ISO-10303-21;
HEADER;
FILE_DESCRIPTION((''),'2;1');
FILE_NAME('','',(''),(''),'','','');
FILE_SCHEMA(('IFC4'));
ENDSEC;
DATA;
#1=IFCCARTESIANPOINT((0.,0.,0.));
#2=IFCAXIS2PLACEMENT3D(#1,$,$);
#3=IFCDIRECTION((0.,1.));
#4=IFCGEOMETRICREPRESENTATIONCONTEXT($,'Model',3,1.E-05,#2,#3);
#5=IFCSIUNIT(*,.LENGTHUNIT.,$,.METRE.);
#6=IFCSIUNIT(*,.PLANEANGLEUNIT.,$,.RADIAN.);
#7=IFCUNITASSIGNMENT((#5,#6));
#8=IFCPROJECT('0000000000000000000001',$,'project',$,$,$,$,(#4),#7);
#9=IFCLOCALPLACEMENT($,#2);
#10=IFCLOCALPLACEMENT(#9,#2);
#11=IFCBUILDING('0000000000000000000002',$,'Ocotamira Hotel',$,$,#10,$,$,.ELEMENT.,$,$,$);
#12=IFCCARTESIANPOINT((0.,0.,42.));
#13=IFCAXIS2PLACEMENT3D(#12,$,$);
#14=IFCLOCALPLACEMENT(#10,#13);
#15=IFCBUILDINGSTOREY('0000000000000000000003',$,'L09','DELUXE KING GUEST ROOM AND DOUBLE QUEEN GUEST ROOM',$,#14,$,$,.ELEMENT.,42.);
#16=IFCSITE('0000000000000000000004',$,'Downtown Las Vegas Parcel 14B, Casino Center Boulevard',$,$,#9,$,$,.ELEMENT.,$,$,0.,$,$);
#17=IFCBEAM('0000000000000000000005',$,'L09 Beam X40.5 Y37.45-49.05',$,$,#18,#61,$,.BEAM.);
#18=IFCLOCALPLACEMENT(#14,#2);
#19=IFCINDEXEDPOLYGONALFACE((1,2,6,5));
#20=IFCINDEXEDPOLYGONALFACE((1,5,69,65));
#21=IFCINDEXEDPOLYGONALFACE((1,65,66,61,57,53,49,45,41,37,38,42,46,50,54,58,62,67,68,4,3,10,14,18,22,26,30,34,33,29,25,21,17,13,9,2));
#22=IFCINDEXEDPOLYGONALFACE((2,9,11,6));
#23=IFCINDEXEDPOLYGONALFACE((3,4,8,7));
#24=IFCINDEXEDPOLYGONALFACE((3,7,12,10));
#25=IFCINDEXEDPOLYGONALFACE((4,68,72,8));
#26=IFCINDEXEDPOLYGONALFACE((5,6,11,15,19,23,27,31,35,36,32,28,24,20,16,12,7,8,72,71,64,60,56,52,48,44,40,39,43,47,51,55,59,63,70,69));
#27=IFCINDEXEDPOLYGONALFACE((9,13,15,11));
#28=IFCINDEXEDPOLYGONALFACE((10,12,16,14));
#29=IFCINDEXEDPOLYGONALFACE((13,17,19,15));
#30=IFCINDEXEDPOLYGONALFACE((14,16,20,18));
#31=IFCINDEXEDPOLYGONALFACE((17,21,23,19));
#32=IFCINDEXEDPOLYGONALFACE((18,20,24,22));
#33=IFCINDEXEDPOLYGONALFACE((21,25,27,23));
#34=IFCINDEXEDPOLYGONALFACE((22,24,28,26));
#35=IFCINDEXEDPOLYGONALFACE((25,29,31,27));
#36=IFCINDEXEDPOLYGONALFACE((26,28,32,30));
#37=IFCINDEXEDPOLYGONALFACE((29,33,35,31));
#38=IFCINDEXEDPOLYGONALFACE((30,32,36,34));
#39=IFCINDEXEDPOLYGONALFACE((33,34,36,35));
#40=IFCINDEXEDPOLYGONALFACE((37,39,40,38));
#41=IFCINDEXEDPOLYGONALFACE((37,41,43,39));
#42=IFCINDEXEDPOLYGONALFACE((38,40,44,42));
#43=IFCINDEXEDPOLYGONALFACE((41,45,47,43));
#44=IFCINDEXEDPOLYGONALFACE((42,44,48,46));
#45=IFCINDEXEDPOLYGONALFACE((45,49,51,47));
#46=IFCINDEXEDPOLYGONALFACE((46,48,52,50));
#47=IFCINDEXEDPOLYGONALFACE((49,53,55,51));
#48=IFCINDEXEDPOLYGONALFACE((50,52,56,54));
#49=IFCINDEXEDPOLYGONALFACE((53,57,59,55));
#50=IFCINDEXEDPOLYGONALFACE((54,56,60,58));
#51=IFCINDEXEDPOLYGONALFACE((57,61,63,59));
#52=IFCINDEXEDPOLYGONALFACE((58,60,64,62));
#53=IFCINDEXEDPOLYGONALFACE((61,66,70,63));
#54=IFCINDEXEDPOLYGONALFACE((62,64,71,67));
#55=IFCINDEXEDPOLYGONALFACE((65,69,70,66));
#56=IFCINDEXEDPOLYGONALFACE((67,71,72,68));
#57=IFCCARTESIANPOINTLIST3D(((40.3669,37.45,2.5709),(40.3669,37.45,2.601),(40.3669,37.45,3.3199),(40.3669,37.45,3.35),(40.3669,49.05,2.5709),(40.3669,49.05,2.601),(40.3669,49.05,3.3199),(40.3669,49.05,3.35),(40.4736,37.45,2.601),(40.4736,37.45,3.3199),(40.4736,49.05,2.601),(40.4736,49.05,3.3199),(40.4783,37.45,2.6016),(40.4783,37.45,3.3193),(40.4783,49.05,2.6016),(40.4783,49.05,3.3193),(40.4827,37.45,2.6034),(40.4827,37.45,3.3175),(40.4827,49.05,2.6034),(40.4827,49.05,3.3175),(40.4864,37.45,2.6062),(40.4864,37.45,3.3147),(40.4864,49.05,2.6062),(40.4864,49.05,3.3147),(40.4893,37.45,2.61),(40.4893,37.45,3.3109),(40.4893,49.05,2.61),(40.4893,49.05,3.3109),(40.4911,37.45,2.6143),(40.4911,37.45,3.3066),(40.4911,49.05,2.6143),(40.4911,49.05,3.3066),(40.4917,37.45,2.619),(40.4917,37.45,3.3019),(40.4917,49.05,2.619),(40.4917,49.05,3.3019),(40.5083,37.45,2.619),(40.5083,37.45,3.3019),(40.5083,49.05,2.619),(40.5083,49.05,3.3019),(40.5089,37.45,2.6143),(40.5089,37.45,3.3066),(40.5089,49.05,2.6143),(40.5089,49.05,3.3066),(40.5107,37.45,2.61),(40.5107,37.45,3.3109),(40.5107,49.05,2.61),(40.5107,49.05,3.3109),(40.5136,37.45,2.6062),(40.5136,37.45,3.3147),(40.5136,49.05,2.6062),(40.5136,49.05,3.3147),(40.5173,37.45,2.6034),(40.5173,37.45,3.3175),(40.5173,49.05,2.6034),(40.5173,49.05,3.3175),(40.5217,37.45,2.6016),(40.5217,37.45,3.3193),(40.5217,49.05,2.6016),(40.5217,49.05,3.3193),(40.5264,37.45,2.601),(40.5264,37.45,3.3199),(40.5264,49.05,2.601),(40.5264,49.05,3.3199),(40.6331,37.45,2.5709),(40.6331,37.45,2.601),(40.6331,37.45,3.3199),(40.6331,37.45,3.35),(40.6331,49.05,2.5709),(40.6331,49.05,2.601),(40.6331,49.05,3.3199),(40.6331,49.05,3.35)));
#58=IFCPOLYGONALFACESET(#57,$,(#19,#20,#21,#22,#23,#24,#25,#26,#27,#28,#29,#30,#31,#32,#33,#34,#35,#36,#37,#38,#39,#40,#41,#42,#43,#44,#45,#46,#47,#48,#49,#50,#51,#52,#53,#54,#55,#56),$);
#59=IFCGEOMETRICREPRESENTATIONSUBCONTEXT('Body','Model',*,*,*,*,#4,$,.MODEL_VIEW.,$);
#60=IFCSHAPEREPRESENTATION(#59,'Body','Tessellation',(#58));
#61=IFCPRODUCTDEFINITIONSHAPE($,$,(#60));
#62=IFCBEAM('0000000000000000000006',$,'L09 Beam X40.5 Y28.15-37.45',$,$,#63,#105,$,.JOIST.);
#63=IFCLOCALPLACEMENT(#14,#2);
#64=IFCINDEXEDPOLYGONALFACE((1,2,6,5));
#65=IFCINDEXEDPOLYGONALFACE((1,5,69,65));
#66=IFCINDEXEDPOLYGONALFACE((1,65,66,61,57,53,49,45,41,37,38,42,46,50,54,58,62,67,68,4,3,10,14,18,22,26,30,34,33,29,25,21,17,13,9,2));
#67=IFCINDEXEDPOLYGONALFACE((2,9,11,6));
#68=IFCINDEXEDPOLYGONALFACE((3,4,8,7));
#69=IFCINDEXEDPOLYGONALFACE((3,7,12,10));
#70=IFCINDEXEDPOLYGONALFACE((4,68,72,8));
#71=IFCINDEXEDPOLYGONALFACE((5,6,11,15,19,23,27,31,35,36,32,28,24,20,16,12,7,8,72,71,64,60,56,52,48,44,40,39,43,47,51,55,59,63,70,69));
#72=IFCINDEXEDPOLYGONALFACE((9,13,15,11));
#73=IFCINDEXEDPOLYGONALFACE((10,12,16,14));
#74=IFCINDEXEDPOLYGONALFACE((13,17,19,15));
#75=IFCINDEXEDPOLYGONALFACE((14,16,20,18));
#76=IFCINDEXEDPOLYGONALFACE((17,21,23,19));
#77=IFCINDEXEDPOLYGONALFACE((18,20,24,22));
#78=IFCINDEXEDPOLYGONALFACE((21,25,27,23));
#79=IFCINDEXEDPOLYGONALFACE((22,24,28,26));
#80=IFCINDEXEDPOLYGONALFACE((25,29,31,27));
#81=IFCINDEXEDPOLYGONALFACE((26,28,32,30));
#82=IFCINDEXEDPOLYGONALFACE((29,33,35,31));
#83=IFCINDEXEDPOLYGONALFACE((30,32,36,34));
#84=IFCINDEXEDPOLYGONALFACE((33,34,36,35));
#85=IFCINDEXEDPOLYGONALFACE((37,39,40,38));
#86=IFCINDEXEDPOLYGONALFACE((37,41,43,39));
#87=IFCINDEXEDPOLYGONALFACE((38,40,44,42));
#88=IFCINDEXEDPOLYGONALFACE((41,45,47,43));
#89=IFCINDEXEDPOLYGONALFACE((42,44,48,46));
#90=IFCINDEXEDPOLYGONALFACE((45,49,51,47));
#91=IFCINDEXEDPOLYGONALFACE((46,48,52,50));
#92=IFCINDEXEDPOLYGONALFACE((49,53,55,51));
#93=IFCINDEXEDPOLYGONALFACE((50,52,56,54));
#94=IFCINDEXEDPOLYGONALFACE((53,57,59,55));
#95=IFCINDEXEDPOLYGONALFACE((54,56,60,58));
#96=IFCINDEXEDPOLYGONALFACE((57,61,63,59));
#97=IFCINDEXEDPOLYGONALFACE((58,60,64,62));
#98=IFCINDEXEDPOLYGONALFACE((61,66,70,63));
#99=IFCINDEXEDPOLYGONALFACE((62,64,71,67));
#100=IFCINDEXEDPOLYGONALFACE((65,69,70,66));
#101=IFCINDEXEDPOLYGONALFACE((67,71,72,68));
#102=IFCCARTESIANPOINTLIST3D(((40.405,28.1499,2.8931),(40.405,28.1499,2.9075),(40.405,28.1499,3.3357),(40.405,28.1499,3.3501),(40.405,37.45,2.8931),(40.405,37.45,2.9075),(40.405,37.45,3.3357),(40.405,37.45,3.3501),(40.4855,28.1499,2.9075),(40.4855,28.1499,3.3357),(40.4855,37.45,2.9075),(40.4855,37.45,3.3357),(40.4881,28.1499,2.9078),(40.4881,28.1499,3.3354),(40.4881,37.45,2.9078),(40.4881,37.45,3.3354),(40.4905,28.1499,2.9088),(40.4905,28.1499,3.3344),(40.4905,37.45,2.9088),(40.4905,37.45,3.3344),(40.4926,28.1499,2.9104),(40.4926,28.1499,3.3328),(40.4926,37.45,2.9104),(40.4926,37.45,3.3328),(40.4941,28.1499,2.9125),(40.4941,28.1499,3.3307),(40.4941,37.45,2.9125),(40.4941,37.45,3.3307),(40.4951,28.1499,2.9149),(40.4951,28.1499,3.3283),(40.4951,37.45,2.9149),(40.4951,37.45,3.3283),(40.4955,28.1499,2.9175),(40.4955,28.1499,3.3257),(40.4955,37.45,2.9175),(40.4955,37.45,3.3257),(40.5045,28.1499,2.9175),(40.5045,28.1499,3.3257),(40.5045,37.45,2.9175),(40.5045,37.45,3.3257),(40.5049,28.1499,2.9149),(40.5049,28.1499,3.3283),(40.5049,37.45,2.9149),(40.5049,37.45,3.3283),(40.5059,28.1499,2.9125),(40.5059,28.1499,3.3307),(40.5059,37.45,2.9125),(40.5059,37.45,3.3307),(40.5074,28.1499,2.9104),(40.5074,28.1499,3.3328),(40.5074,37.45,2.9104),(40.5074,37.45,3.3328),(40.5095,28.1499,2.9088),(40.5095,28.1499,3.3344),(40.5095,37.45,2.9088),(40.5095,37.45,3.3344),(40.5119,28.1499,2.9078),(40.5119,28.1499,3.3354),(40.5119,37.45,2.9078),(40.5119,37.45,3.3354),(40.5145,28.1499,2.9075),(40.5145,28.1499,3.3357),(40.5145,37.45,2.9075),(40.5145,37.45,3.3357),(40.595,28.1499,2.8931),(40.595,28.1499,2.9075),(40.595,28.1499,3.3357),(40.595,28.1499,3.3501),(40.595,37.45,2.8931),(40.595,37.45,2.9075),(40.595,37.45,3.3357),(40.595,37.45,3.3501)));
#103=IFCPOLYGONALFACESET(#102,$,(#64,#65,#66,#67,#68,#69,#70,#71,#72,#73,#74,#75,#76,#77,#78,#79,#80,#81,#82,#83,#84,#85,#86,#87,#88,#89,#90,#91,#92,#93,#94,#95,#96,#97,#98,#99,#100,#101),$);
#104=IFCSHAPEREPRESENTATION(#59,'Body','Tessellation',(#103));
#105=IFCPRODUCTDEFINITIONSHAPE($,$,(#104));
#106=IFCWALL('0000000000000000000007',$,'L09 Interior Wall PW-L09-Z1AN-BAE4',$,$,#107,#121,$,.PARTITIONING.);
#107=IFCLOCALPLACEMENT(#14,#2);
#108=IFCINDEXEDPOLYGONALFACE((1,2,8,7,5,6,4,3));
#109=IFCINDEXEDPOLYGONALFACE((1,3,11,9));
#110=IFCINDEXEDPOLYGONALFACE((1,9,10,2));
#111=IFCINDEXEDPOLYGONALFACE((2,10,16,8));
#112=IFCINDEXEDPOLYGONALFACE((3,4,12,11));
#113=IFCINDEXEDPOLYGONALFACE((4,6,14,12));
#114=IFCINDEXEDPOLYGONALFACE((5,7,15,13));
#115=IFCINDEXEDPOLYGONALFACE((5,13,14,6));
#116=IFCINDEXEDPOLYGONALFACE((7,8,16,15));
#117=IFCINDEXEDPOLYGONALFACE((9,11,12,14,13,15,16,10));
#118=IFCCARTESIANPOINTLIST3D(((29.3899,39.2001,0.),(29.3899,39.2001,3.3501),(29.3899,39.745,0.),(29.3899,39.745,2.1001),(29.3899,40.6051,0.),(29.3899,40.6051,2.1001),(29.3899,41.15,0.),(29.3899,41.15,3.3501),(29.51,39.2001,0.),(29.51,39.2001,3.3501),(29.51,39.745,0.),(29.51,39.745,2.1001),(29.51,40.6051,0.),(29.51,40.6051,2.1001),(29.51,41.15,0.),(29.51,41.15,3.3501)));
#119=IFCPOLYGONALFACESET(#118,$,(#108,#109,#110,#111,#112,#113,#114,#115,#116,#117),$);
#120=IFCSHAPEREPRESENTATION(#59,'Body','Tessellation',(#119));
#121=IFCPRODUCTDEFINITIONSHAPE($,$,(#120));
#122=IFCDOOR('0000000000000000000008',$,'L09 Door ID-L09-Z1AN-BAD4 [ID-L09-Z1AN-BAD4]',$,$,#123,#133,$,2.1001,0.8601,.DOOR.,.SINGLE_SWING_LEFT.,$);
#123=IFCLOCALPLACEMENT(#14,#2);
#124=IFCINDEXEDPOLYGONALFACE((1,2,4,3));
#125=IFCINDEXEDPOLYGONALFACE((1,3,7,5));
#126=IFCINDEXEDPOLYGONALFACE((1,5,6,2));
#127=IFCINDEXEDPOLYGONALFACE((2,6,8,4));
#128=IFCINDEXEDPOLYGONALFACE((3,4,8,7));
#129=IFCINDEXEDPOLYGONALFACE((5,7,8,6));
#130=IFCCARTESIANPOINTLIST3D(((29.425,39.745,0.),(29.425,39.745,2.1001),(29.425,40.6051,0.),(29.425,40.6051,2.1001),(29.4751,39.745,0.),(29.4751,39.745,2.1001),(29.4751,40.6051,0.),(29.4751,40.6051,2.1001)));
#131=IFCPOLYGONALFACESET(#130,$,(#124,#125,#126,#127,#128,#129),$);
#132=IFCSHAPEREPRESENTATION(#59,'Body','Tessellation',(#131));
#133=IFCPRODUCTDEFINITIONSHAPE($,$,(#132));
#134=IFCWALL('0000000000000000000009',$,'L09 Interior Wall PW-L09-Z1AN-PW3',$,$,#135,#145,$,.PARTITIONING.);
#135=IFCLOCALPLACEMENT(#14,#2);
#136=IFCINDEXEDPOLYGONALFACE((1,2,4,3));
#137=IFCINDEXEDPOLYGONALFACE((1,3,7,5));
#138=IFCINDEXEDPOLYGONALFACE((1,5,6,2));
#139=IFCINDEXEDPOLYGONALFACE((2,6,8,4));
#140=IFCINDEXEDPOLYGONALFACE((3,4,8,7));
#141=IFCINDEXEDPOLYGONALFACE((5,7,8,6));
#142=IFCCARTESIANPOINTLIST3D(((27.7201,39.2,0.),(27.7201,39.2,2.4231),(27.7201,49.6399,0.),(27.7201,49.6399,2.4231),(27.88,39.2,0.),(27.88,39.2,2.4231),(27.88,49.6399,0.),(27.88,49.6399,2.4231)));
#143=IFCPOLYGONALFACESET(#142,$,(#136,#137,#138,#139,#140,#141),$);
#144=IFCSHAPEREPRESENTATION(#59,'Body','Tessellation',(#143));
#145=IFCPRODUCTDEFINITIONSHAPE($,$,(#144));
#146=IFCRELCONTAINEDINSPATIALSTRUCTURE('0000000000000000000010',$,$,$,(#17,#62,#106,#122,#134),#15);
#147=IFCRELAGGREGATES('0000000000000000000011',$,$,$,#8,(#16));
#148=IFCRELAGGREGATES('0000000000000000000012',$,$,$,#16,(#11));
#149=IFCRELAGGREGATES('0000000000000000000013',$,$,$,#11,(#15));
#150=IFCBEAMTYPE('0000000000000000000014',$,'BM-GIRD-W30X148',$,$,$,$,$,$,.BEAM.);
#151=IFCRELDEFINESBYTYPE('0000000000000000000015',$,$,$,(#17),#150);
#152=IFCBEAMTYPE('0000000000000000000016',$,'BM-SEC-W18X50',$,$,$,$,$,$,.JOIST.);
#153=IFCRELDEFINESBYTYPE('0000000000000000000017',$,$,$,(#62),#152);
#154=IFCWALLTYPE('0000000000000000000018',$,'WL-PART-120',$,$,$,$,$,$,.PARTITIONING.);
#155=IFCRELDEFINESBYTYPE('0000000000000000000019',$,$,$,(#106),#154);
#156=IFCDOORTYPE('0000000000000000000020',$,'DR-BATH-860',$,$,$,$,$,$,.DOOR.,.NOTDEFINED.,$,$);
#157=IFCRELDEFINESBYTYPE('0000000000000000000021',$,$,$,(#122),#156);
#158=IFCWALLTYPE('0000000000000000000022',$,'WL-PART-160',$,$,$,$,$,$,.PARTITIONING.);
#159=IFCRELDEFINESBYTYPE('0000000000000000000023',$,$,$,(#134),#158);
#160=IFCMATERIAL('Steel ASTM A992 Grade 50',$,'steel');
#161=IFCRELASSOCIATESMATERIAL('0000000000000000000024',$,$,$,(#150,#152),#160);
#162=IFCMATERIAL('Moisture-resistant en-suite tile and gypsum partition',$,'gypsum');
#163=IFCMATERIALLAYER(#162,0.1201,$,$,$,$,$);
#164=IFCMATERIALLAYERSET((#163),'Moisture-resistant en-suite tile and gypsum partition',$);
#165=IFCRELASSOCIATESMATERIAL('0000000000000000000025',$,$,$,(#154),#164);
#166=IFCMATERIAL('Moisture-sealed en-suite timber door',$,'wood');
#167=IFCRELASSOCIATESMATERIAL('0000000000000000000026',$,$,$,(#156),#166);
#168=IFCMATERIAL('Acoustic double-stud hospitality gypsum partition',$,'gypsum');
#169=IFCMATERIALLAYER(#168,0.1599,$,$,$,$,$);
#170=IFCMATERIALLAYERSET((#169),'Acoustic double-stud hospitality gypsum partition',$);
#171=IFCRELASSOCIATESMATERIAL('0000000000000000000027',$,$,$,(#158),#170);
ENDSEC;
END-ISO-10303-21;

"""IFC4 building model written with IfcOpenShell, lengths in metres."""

from ifc_helpers import new_model, si_unit, direction, frame, frame_2d, origin, origin_2d, place, context, subcontext, project, spatial, rectangle, i_section, extrude, source, transform, mapped, material, layer, layer_set, material_profile, profile_set, type_object, element, fill, save


model = new_model("IFC4")

# Units and contexts
model_context = context("Model", 3, precision=1e-05, world=origin(), true_north=direction((0.0, 1.0)))
body_context = subcontext(model_context, "Body", "Model", "MODEL_VIEW")
ifc_project = project(units=[si_unit("LENGTHUNIT", "METRE"), si_unit("PLANEANGLEUNIT", "RADIAN")], contexts=[model_context])

# Site, building, storey
site_placement = place(None, origin())
site = spatial("IfcSite", under=ifc_project, at=site_placement, Name="Downtown Las Vegas Parcel 14B, Casino Center Boulevard", CompositionType="ELEMENT", RefElevation=0.0)
building_placement = place(site_placement, origin())
building = spatial("IfcBuilding", under=site, at=building_placement, Name="Ocotamira Hotel", CompositionType="ELEMENT")
storey_placement = place(building_placement, frame((0.0, 0.0, 42.0)))
storey = spatial("IfcBuildingStorey", under=building, at=storey_placement, Name="L09", Description="DELUXE KING GUEST ROOM AND DOUBLE QUEEN GUEST ROOM", CompositionType="ELEMENT", Elevation=42.0)

# Beams
ifc_material_1 = material(Name="Steel ASTM A992 Grade 50", Category="steel")
ifc_material_profile_1 = material_profile(ifc_material_1, i_section(OverallWidth=0.2661, OverallDepth=0.7791, WebThickness=0.0166, FlangeThickness=0.03, FilletRadius=0.0181, at=origin_2d()), Name="W30X148")
ifc_profile_set_1 = profile_set([ifc_material_profile_1], Name="Steel ASTM A992 Grade 50")
beam_type_1 = type_object("IfcBeamType", Name="BM-GIRD-W30X148", PredefinedType="BEAM", material=ifc_profile_set_1)
shared_shape_1 = source(origin(), body_context, "Body", "SweptSolid", [
    extrude(i_section(OverallWidth=0.2661, OverallDepth=0.7791, WebThickness=0.0166, FlangeThickness=0.03, FilletRadius=0.0181, at=origin_2d()), origin(), (0.0, 0.0, 1.0), 11.6001),
])
beam_1_placement = place(storey_placement, frame((40.5, 37.45, 2.9604), z_axis=(0.0, 1.0, 0.0), x_axis=(-1.0, 0.0, 0.0)))
element("IfcBeam", 1, at=beam_1_placement, inside=storey, type_object=beam_type_1, Name="L09 Beam X40.5 Y37.45-49.05", PredefinedType="BEAM", context=body_context, shape_type="MappedRepresentation", body=[
    mapped(shared_shape_1, transform((0.0, 0.0, 0.0), scale=1.0)),
])
ifc_material_profile_2 = material_profile(ifc_material_1, i_section(OverallWidth=0.1899, OverallDepth=0.457, WebThickness=0.009, FlangeThickness=0.0144, FilletRadius=0.01, at=origin_2d()), Name="W18X50")
ifc_profile_set_2 = profile_set([ifc_material_profile_2], Name="Steel ASTM A992 Grade 50")
beam_type_2 = type_object("IfcBeamType", Name="BM-SEC-W18X50", PredefinedType="JOIST", material=ifc_profile_set_2)
shared_shape_2 = source(origin(), body_context, "Body", "SweptSolid", [
    extrude(i_section(OverallWidth=0.1899, OverallDepth=0.457, WebThickness=0.009, FlangeThickness=0.0144, FilletRadius=0.01, at=origin_2d()), origin(), (0.0, 0.0, 1.0), 9.3),
])
beam_2_placement = place(storey_placement, frame((40.5, 28.1499, 3.1216), z_axis=(0.0, 1.0, 0.0), x_axis=(-1.0, 0.0, 0.0)))
element("IfcBeam", 2, at=beam_2_placement, inside=storey, type_object=beam_type_2, Name="L09 Beam X40.5 Y28.15-37.45", PredefinedType="JOIST", context=body_context, shape_type="MappedRepresentation", body=[
    mapped(shared_shape_2, transform((0.0, 0.0, 0.0), scale=1.0)),
])

# Wall, opening, door
ifc_material_2 = material(Name="Moisture-resistant en-suite tile and gypsum partition", Category="gypsum")
ifc_layer_1 = layer(ifc_material_2, 0.1201)
ifc_layer_set_1 = layer_set([ifc_layer_1], Name="Moisture-resistant en-suite tile and gypsum partition")
wall_type_1 = type_object("IfcWallType", Name="WL-PART-120", PredefinedType="PARTITIONING", material=ifc_layer_set_1)
wall_1_placement = place(storey_placement, frame((29.45, 39.2, 0.0), z_axis=(0.0, 0.0, 1.0), x_axis=(0.0, 1.0, 0.0)))
wall_1 = element("IfcWall", 3, at=wall_1_placement, inside=storey, type_object=wall_type_1, Name="L09 Interior Wall PW-L09-Z1AN-BAE4", PredefinedType="PARTITIONING", context=body_context, shape_type="SweptSolid", body=[
    extrude(rectangle(XDim=1.95, YDim=0.1201, at=frame_2d((0.9751, 0.0))), origin(), (0.0, 0.0, 1.0), 3.3501),
])
opening_1_placement = place(wall_1_placement, frame((0.5449, 0.0, 0.0)))
opening_1 = element("IfcOpeningElement", 4, at=opening_1_placement, cuts=wall_1, PredefinedType="OPENING", context=body_context, shape_type="SweptSolid", body=[
    extrude(rectangle(XDim=0.8601, YDim=2.1001, at=frame_2d((0.4302, 1.05))), frame((0.0, 0.0701, 0.0), z_axis=(0.0, -1.0, 0.0), x_axis=(1.0, 0.0, 0.0)), (0.0, 0.0, 1.0), 0.1401),
])
ifc_material_3 = material(Name="Moisture-sealed en-suite timber door", Category="wood")
door_type_1 = type_object("IfcDoorType", Name="DR-BATH-860", OperationType="NOTDEFINED", PredefinedType="DOOR", material=ifc_material_3)
shared_shape_3 = source(origin(), body_context, "Body", "SweptSolid", [
    extrude(rectangle(XDim=0.8601, YDim=2.1001, at=frame_2d((0.4302, 1.05))), frame((0.0, 0.0249, 0.0), z_axis=(0.0, -1.0, 0.0), x_axis=(1.0, 0.0, 0.0)), (0.0, 0.0, 1.0), 0.05),
])
door_1_placement = place(opening_1_placement, origin())
door_1 = element("IfcDoor", 5, at=door_1_placement, inside=storey, type_object=door_type_1, Name="L09 Door ID-L09-Z1AN-BAD4 [ID-L09-Z1AN-BAD4]", OperationType="SINGLE_SWING_LEFT", OverallHeight=2.1001, OverallWidth=0.8601, PredefinedType="DOOR", context=body_context, shape_type="MappedRepresentation", body=[
    mapped(shared_shape_3, transform((0.0, 0.0, 0.0), scale=1.0)),
])
fill(opening_1, door_1)

# Wall
ifc_material_4 = material(Name="Acoustic double-stud hospitality gypsum partition", Category="gypsum")
ifc_layer_2 = layer(ifc_material_4, 0.1599)
ifc_layer_set_2 = layer_set([ifc_layer_2], Name="Acoustic double-stud hospitality gypsum partition")
wall_type_2 = type_object("IfcWallType", Name="WL-PART-160", PredefinedType="PARTITIONING", material=ifc_layer_set_2)
wall_2_placement = place(storey_placement, frame((27.8, 39.2, 0.0), z_axis=(0.0, 0.0, 1.0), x_axis=(0.0, 1.0, 0.0)))
element("IfcWall", 6, at=wall_2_placement, inside=storey, type_object=wall_type_2, Name="L09 Interior Wall PW-L09-Z1AN-PW3", PredefinedType="PARTITIONING", context=body_context, shape_type="SweptSolid", body=[
    extrude(rectangle(XDim=10.4399, YDim=0.1599, at=frame_2d((5.22, 0.0))), origin(), (0.0, 0.0, 1.0), 2.4231),
])

save(model, "model.ifc")
